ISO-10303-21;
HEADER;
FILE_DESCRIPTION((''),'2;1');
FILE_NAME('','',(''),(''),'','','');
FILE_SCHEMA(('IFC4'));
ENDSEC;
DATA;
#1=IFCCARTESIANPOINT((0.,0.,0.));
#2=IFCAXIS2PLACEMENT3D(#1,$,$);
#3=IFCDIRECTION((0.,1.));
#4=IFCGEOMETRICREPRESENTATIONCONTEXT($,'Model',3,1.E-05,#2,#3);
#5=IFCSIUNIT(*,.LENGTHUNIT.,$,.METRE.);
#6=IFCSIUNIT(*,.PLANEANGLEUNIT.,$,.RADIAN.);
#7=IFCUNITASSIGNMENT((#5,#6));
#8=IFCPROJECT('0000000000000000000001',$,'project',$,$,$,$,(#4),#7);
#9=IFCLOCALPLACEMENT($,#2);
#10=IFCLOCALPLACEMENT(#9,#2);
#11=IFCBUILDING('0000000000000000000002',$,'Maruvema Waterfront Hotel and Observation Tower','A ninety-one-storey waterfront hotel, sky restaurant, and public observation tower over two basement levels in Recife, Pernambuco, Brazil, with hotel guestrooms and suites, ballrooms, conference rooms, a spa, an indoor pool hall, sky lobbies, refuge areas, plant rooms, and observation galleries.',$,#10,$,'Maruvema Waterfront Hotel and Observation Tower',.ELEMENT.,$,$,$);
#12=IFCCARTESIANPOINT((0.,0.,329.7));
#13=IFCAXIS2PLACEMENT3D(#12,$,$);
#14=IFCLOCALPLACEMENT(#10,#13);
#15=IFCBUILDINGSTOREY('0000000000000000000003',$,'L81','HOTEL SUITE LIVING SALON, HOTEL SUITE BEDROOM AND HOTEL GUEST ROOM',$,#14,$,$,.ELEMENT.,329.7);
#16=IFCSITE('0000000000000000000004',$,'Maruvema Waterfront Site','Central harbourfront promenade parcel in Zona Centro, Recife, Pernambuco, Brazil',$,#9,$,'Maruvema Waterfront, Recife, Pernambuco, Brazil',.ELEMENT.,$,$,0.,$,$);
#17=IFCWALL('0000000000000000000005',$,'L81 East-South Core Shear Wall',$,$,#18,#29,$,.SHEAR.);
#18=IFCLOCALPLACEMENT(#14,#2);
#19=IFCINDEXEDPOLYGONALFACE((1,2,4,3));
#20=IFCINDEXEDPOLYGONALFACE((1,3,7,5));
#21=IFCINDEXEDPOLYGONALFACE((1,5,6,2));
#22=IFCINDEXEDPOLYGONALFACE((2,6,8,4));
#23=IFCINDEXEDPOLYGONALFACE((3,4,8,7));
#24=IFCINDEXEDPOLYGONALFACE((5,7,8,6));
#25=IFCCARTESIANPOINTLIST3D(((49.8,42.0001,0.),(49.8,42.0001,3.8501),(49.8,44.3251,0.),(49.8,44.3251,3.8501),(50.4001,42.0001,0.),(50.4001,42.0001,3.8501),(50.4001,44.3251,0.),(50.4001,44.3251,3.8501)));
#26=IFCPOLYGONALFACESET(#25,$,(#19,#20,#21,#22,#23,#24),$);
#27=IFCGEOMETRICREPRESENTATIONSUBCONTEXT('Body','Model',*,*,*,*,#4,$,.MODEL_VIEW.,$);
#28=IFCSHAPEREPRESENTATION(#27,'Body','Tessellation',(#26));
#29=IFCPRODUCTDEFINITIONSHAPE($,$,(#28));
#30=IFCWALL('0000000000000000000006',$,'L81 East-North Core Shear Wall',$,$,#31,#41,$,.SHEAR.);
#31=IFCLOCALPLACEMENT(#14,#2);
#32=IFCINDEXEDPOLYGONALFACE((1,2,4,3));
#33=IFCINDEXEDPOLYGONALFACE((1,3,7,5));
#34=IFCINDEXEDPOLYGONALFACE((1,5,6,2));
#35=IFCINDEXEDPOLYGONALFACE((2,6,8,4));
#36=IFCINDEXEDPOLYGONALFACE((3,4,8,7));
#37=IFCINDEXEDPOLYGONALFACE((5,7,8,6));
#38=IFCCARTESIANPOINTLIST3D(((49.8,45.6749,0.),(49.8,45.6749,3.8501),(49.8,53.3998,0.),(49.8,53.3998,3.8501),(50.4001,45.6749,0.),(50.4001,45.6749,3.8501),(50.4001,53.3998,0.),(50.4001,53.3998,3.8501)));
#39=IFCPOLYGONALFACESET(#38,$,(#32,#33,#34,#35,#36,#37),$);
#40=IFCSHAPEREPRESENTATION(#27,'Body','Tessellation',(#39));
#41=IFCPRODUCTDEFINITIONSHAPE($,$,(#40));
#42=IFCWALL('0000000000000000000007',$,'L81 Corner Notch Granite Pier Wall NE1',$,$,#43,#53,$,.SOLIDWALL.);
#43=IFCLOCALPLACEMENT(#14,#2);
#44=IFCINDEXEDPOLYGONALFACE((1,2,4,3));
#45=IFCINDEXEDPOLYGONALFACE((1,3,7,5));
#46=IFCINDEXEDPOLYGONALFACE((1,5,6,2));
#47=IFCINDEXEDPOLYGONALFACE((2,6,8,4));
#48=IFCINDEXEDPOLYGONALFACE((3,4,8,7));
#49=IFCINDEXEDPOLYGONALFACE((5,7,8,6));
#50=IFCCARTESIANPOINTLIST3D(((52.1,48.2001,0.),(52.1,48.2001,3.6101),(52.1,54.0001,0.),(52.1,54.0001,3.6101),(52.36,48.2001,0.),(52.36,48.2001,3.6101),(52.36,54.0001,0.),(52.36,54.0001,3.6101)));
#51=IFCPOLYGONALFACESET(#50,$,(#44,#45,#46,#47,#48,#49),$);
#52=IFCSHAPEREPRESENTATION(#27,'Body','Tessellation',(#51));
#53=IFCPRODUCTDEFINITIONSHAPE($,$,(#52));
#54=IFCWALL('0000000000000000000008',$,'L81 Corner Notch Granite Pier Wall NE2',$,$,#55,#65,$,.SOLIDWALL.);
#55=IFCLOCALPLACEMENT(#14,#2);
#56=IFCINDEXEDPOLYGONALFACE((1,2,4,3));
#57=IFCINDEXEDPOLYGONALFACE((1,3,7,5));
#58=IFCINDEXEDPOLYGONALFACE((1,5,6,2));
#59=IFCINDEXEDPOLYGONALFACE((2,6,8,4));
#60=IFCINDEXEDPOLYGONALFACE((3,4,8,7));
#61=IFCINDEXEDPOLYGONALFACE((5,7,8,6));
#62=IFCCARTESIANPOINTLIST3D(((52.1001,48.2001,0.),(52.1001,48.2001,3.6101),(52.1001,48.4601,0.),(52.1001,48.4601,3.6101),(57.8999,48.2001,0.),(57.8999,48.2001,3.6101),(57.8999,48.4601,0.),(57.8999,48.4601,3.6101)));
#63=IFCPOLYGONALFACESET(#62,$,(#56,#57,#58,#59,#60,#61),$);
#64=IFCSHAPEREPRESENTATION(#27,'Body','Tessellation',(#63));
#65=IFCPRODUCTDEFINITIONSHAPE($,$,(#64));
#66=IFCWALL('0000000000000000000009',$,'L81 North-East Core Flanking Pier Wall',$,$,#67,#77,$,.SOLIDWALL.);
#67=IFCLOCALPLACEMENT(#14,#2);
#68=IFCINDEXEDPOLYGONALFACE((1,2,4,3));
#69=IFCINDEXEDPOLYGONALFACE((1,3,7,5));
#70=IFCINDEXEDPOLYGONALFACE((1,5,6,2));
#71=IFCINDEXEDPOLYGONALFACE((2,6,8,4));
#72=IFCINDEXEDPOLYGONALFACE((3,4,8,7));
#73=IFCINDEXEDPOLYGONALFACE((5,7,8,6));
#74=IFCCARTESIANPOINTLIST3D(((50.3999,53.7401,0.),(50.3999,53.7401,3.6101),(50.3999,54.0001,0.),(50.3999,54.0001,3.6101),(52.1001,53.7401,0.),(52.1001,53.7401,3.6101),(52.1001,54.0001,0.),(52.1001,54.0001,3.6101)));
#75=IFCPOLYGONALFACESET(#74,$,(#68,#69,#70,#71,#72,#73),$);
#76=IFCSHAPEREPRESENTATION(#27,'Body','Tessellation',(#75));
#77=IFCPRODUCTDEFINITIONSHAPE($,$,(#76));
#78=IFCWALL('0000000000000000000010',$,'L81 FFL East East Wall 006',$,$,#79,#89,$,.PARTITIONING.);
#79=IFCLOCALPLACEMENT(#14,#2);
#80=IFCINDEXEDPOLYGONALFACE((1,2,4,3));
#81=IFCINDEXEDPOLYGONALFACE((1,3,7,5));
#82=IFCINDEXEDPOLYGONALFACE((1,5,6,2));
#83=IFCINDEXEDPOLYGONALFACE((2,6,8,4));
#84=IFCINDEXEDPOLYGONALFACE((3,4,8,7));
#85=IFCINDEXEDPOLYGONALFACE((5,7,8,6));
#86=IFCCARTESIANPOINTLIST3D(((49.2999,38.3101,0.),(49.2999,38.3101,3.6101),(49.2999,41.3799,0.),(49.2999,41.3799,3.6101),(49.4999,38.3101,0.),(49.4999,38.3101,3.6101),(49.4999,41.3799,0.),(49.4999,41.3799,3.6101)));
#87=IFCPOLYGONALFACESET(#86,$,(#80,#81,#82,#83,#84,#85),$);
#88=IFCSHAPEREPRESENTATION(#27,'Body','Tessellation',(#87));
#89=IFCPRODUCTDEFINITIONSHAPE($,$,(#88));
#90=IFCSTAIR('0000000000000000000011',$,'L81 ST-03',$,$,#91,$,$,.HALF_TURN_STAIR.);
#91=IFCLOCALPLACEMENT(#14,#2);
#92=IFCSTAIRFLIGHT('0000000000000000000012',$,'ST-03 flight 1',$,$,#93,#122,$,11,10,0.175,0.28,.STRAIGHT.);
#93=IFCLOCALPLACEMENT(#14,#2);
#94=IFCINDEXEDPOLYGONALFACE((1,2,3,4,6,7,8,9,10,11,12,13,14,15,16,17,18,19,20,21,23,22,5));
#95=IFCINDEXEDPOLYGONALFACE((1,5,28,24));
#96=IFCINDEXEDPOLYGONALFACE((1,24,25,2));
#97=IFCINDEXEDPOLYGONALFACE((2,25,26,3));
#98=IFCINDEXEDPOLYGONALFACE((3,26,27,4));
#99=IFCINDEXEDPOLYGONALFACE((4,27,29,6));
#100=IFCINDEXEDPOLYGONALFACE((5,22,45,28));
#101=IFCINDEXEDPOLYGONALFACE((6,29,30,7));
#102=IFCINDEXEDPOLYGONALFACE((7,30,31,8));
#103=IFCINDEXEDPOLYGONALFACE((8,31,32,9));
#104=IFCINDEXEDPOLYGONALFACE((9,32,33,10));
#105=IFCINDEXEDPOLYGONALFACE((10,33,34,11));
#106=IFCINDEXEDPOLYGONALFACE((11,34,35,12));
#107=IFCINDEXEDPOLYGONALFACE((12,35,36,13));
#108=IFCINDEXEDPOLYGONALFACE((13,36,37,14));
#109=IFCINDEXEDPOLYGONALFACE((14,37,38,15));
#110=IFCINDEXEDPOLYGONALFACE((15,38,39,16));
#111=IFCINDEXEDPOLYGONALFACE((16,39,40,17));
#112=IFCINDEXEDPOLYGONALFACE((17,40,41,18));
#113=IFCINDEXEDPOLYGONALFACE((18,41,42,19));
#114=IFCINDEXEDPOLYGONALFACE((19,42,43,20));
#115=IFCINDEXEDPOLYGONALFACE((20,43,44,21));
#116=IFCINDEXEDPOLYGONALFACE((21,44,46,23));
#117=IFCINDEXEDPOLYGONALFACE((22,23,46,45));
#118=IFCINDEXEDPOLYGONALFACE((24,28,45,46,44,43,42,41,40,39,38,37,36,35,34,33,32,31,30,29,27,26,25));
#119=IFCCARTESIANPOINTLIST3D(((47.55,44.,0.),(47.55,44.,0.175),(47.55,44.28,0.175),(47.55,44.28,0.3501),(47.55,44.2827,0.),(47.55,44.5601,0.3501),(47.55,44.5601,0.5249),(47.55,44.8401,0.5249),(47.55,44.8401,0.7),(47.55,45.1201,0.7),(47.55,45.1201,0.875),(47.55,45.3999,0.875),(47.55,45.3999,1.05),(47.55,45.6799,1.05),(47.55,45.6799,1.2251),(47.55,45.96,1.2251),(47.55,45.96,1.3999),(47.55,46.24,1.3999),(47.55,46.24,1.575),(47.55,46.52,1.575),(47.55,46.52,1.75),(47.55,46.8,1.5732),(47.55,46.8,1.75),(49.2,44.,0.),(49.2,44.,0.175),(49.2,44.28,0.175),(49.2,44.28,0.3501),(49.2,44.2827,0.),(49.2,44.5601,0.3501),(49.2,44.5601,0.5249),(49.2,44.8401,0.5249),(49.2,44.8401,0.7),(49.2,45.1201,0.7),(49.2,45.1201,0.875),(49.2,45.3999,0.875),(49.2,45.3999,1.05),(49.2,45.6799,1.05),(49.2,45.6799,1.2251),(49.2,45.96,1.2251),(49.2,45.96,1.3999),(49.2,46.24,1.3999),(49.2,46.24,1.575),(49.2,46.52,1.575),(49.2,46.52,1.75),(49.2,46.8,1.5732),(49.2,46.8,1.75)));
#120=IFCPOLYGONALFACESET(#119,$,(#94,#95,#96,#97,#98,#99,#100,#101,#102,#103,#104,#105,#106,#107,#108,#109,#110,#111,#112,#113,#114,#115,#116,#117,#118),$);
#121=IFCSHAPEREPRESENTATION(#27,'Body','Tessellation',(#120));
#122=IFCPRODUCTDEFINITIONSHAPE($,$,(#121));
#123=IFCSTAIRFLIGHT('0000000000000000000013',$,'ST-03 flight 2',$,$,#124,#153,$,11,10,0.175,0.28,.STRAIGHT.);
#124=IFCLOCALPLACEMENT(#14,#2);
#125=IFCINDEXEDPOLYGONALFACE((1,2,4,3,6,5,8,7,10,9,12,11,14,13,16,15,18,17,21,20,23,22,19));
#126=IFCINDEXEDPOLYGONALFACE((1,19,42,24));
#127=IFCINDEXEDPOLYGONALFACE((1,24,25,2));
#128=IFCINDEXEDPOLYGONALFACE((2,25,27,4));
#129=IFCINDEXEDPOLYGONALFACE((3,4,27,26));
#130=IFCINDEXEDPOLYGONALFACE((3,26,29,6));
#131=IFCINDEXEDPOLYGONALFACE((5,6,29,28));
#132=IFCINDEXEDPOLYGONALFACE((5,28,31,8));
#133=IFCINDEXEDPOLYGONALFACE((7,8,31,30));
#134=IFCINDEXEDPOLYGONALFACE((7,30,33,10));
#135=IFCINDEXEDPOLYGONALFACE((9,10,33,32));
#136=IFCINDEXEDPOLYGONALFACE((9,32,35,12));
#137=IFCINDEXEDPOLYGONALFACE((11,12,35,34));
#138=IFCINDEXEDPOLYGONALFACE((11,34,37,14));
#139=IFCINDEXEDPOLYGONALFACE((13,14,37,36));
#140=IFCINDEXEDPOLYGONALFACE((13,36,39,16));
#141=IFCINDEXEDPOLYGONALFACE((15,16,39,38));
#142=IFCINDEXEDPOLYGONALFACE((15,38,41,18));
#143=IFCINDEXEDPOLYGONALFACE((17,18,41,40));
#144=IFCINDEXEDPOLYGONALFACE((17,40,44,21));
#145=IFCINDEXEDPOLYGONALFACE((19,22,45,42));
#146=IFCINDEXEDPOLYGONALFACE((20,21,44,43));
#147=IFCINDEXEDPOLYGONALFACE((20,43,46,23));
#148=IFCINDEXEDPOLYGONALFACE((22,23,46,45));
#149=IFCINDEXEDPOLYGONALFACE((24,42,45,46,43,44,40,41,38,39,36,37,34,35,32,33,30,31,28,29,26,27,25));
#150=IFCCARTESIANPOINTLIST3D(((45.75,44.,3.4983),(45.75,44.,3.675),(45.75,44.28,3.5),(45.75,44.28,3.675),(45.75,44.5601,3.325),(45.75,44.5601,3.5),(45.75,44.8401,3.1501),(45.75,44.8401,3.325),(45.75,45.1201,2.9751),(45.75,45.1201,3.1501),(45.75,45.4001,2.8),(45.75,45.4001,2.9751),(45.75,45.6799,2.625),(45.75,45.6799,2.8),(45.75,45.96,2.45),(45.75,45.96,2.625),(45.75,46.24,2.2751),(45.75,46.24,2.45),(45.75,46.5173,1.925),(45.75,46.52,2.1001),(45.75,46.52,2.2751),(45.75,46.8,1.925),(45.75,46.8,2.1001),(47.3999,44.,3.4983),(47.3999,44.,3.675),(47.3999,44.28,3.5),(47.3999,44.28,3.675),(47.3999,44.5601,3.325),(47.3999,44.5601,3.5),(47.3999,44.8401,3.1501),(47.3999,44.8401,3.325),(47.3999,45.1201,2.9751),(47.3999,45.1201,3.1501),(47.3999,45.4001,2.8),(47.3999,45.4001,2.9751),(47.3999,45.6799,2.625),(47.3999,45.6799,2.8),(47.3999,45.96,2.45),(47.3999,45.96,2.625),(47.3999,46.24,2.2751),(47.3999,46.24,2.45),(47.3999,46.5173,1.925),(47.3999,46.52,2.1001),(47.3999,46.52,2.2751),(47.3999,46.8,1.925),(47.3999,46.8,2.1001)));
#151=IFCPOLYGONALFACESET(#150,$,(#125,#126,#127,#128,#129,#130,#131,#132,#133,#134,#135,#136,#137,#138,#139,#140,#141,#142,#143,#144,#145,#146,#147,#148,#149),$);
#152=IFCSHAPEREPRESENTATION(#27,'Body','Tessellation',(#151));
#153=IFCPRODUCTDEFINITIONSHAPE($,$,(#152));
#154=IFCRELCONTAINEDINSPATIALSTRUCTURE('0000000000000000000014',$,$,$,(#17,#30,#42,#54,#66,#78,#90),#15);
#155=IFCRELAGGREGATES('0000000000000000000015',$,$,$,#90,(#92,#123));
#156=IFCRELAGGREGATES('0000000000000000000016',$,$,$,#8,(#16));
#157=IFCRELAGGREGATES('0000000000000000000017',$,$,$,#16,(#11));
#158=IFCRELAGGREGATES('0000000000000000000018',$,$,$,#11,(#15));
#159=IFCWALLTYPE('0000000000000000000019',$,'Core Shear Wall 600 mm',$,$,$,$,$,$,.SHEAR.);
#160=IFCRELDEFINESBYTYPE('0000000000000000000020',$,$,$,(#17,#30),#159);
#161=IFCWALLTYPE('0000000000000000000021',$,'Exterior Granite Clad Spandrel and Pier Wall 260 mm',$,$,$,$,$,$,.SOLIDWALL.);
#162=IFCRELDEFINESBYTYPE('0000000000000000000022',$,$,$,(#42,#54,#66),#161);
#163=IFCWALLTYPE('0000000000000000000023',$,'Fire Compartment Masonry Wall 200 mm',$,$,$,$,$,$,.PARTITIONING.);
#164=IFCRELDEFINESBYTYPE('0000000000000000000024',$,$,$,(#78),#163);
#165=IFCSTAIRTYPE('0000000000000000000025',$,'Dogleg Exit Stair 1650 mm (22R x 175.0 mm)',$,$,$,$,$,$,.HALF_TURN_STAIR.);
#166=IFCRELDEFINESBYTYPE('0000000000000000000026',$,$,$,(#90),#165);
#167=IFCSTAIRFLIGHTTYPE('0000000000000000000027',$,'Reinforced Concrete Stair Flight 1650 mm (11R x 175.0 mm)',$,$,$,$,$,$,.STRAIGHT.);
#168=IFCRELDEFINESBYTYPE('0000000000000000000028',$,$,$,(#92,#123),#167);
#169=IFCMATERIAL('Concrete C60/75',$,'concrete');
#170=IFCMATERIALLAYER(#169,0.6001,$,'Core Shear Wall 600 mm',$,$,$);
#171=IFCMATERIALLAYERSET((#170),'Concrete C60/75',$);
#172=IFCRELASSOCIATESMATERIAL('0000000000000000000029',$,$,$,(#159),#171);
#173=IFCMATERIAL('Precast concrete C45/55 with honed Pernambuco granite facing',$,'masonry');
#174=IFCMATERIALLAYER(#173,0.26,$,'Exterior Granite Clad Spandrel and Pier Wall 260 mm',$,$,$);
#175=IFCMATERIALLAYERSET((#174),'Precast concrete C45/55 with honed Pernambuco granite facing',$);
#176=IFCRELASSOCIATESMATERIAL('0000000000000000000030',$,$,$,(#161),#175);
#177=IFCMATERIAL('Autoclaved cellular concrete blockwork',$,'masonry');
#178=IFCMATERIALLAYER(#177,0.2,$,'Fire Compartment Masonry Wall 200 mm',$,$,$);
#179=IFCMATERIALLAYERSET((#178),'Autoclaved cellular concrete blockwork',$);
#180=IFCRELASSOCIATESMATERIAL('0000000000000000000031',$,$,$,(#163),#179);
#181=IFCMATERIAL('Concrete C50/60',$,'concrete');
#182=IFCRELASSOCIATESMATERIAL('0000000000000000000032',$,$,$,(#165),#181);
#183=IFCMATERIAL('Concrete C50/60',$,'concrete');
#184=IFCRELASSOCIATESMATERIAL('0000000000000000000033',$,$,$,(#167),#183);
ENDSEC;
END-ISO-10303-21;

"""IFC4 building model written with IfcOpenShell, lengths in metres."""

from ifc_helpers import new_model, si_unit, direction, frame, frame_2d, origin, place, context, subcontext, project, spatial, polyline, rectangle, outline, extrude, material, layer, layer_set, type_object, element, aggregate, save


model = new_model("IFC4")

# Units and contexts
model_context = context("Model", 3, precision=1e-05, world=origin(), true_north=direction((0.0, 1.0)))
body_context = subcontext(model_context, "Body", "Model", "MODEL_VIEW")
ifc_project = project(units=[si_unit("LENGTHUNIT", "METRE"), si_unit("PLANEANGLEUNIT", "RADIAN")], contexts=[model_context])

# Site, building, storey
site_placement = place(None, origin())
site = spatial("IfcSite", under=ifc_project, at=site_placement, Name="Maruvema Waterfront Site", Description="Central harbourfront promenade parcel in Zona Centro, Recife, Pernambuco, Brazil", LongName="Maruvema Waterfront, Recife, Pernambuco, Brazil", CompositionType="ELEMENT", RefElevation=0.0)
building_placement = place(site_placement, origin())
building = spatial("IfcBuilding", under=site, at=building_placement, Name="Maruvema Waterfront Hotel and Observation Tower", Description="A ninety-one-storey waterfront hotel, sky restaurant, and public observation tower over two basement levels in Recife, Pernambuco, Brazil, with hotel guestrooms and suites, ballrooms, conference rooms, a spa, an indoor pool hall, sky lobbies, refuge areas, plant rooms, and observation galleries.", LongName="Maruvema Waterfront Hotel and Observation Tower", CompositionType="ELEMENT")
storey_placement = place(building_placement, frame((0.0, 0.0, 329.7)))
storey = spatial("IfcBuildingStorey", under=building, at=storey_placement, Name="L81", Description="HOTEL SUITE LIVING SALON, HOTEL SUITE BEDROOM AND HOTEL GUEST ROOM", CompositionType="ELEMENT", Elevation=329.7)

# Walls
ifc_material_1 = material(Name="Concrete C60/75", Category="concrete")
ifc_layer_1 = layer(ifc_material_1, 0.6001, Name="Core Shear Wall 600 mm")
ifc_layer_set_1 = layer_set([ifc_layer_1], Name="Concrete C60/75")
wall_type_1 = type_object("IfcWallType", Name="Core Shear Wall 600 mm", PredefinedType="SHEAR", material=ifc_layer_set_1)
wall_1_placement = place(storey_placement, frame((50.1001, 42.0, 0.0), z_axis=(0.0, 0.0, 1.0), x_axis=(0.0, 1.0, 0.0)))
element("IfcWall", 1, at=wall_1_placement, inside=storey, type_object=wall_type_1, Name="L81 East-South Core Shear Wall", PredefinedType="SHEAR", context=body_context, shape_type="SweptSolid", body=[
    extrude(rectangle(XDim=2.325, YDim=0.6001, at=frame_2d((1.1626, 0.0))), origin(), (0.0, 0.0, 1.0), 3.8501),
])
wall_2_placement = place(storey_placement, frame((50.1001, 45.675, 0.0), z_axis=(0.0, 0.0, 1.0), x_axis=(0.0, 1.0, 0.0)))
element("IfcWall", 2, at=wall_2_placement, inside=storey, type_object=wall_type_1, Name="L81 East-North Core Shear Wall", PredefinedType="SHEAR", context=body_context, shape_type="SweptSolid", body=[
    extrude(rectangle(XDim=7.7249, YDim=0.6001, at=frame_2d((3.8623, 0.0))), origin(), (0.0, 0.0, 1.0), 3.8501),
])
ifc_material_2 = material(Name="Precast concrete C45/55 with honed Pernambuco granite facing", Category="masonry")
ifc_layer_2 = layer(ifc_material_2, 0.26, Name="Exterior Granite Clad Spandrel and Pier Wall 260 mm")
ifc_layer_set_2 = layer_set([ifc_layer_2], Name="Precast concrete C45/55 with honed Pernambuco granite facing")
wall_type_2 = type_object("IfcWallType", Name="Exterior Granite Clad Spandrel and Pier Wall 260 mm", PredefinedType="SOLIDWALL", material=ifc_layer_set_2)
wall_3_placement = place(storey_placement, frame((52.23, 54.0, 0.0), z_axis=(0.0, 0.0, 1.0), x_axis=(0.0, -1.0, 0.0)))
element("IfcWall", 3, at=wall_3_placement, inside=storey, type_object=wall_type_2, Name="L81 Corner Notch Granite Pier Wall NE1", PredefinedType="SOLIDWALL", context=body_context, shape_type="SweptSolid", body=[
    extrude(rectangle(XDim=5.8, YDim=0.26, at=frame_2d((2.8999, 0.0))), origin(), (0.0, 0.0, 1.0), 3.6101),
])
wall_4_placement = place(storey_placement, frame((52.1001, 48.3301, 0.0), z_axis=(0.0, 0.0, 1.0), x_axis=(1.0, 0.0, 0.0)))
element("IfcWall", 4, at=wall_4_placement, inside=storey, type_object=wall_type_2, Name="L81 Corner Notch Granite Pier Wall NE2", PredefinedType="SOLIDWALL", context=body_context, shape_type="SweptSolid", body=[
    extrude(rectangle(XDim=5.7998, YDim=0.26, at=frame_2d((2.8999, 0.0))), origin(), (0.0, 0.0, 1.0), 3.6101),
])
wall_5_placement = place(storey_placement, frame((52.1001, 53.8701, 0.0), z_axis=(0.0, 0.0, 1.0), x_axis=(-1.0, 0.0, 0.0)))
element("IfcWall", 5, at=wall_5_placement, inside=storey, type_object=wall_type_2, Name="L81 North-East Core Flanking Pier Wall", PredefinedType="SOLIDWALL", context=body_context, shape_type="SweptSolid", body=[
    extrude(rectangle(XDim=1.7002, YDim=0.26, at=frame_2d((0.8501, 0.0))), origin(), (0.0, 0.0, 1.0), 3.6101),
])
ifc_material_3 = material(Name="Autoclaved cellular concrete blockwork", Category="masonry")
ifc_layer_3 = layer(ifc_material_3, 0.2, Name="Fire Compartment Masonry Wall 200 mm")
ifc_layer_set_3 = layer_set([ifc_layer_3], Name="Autoclaved cellular concrete blockwork")
wall_type_3 = type_object("IfcWallType", Name="Fire Compartment Masonry Wall 200 mm", PredefinedType="PARTITIONING", material=ifc_layer_set_3)
wall_6_placement = place(storey_placement, frame((49.3999, 38.3101, 0.0), z_axis=(0.0, 0.0, 1.0), x_axis=(0.0, 1.0, 0.0)))
element("IfcWall", 6, at=wall_6_placement, inside=storey, type_object=wall_type_3, Name="L81 FFL East East Wall 006", PredefinedType="PARTITIONING", context=body_context, shape_type="SweptSolid", body=[
    extrude(rectangle(XDim=3.0698, YDim=0.2, at=frame_2d((1.5349, 0.0))), origin(), (0.0, 0.0, 1.0), 3.6101),
])

# Stair, stair flights
ifc_material_4 = material(Name="Concrete C50/60", Category="concrete")
stair_type = type_object("IfcStairType", Name="Dogleg Exit Stair 1650 mm (22R x 175.0 mm)", PredefinedType="HALF_TURN_STAIR", material=ifc_material_4)
stair_placement = place(storey_placement, origin())
stair = element("IfcStair", 7, at=stair_placement, inside=storey, type_object=stair_type, Name="L81 ST-03", PredefinedType="HALF_TURN_STAIR")
ifc_material_5 = material(Name="Concrete C50/60", Category="concrete")
stair_flight_type = type_object("IfcStairFlightType", Name="Reinforced Concrete Stair Flight 1650 mm (11R x 175.0 mm)", PredefinedType="STRAIGHT", material=ifc_material_5)
stair_flight_1_placement = place(storey_placement, frame((48.375, 44.0, 0.0), z_axis=(0.0, 0.0, 1.0), x_axis=(0.0, 1.0, 0.0)))
stair_flight_1 = element("IfcStairFlight", 8, at=stair_flight_1_placement, type_object=stair_flight_type, Name="ST-03 flight 1", NumberOfRisers=11, NumberOfTreads=10, PredefinedType="STRAIGHT", RiserHeight=0.175, TreadLength=0.28, context=body_context, shape_type="SweptSolid", body=[
    extrude(outline(polyline([(0.0, 0.0), (0.0, 0.175), (0.28, 0.175), (0.28, 0.3501), (0.5601, 0.3501), (0.5601, 0.5249), (0.8401, 0.5249), (0.8401, 0.7), (1.1201, 0.7), (1.1201, 0.875), (1.3999, 0.875), (1.3999, 1.05), (1.6799, 1.05), (1.6799, 1.2251), (1.96, 1.2251), (1.96, 1.3999), (2.24, 1.3999), (2.24, 1.575), (2.52, 1.575), (2.52, 1.75), (2.8, 1.75), (2.8, 1.925), (2.8, 1.5732), (0.2827, 0.0), (0.0, 0.0)])), frame((0.0, 0.825, 0.0), z_axis=(0.0, -1.0, 0.0), x_axis=(1.0, 0.0, 0.0)), (0.0, 0.0, 1.0), 1.6499),
])
stair_flight_2_placement = place(storey_placement, frame((46.575, 46.8, 1.925), z_axis=(0.0, 0.0, 1.0), x_axis=(0.0, -1.0, 0.0)))
stair_flight_2 = element("IfcStairFlight", 9, at=stair_flight_2_placement, type_object=stair_flight_type, Name="ST-03 flight 2", NumberOfRisers=11, NumberOfTreads=10, PredefinedType="STRAIGHT", RiserHeight=0.175, TreadLength=0.28, context=body_context, shape_type="SweptSolid", body=[
    extrude(outline(polyline([(0.0, 0.0), (0.0, 0.175), (0.28, 0.175), (0.28, 0.3501), (0.5601, 0.3501), (0.5601, 0.5249), (0.8401, 0.5249), (0.8401, 0.7), (1.1201, 0.7), (1.1201, 0.875), (1.3999, 0.875), (1.3999, 1.05), (1.6799, 1.05), (1.6799, 1.2251), (1.96, 1.2251), (1.96, 1.3999), (2.24, 1.3999), (2.24, 1.575), (2.52, 1.575), (2.52, 1.75), (2.8, 1.75), (2.8, 1.925), (2.8, 1.5732), (0.2827, 0.0), (0.0, 0.0)])), frame((0.0, 0.825, 0.0), z_axis=(0.0, -1.0, 0.0), x_axis=(1.0, 0.0, 0.0)), (0.0, 0.0, 1.0), 1.6499),
])
aggregate(stair, [stair_flight_1, stair_flight_2])

save(model, "model.ifc")
